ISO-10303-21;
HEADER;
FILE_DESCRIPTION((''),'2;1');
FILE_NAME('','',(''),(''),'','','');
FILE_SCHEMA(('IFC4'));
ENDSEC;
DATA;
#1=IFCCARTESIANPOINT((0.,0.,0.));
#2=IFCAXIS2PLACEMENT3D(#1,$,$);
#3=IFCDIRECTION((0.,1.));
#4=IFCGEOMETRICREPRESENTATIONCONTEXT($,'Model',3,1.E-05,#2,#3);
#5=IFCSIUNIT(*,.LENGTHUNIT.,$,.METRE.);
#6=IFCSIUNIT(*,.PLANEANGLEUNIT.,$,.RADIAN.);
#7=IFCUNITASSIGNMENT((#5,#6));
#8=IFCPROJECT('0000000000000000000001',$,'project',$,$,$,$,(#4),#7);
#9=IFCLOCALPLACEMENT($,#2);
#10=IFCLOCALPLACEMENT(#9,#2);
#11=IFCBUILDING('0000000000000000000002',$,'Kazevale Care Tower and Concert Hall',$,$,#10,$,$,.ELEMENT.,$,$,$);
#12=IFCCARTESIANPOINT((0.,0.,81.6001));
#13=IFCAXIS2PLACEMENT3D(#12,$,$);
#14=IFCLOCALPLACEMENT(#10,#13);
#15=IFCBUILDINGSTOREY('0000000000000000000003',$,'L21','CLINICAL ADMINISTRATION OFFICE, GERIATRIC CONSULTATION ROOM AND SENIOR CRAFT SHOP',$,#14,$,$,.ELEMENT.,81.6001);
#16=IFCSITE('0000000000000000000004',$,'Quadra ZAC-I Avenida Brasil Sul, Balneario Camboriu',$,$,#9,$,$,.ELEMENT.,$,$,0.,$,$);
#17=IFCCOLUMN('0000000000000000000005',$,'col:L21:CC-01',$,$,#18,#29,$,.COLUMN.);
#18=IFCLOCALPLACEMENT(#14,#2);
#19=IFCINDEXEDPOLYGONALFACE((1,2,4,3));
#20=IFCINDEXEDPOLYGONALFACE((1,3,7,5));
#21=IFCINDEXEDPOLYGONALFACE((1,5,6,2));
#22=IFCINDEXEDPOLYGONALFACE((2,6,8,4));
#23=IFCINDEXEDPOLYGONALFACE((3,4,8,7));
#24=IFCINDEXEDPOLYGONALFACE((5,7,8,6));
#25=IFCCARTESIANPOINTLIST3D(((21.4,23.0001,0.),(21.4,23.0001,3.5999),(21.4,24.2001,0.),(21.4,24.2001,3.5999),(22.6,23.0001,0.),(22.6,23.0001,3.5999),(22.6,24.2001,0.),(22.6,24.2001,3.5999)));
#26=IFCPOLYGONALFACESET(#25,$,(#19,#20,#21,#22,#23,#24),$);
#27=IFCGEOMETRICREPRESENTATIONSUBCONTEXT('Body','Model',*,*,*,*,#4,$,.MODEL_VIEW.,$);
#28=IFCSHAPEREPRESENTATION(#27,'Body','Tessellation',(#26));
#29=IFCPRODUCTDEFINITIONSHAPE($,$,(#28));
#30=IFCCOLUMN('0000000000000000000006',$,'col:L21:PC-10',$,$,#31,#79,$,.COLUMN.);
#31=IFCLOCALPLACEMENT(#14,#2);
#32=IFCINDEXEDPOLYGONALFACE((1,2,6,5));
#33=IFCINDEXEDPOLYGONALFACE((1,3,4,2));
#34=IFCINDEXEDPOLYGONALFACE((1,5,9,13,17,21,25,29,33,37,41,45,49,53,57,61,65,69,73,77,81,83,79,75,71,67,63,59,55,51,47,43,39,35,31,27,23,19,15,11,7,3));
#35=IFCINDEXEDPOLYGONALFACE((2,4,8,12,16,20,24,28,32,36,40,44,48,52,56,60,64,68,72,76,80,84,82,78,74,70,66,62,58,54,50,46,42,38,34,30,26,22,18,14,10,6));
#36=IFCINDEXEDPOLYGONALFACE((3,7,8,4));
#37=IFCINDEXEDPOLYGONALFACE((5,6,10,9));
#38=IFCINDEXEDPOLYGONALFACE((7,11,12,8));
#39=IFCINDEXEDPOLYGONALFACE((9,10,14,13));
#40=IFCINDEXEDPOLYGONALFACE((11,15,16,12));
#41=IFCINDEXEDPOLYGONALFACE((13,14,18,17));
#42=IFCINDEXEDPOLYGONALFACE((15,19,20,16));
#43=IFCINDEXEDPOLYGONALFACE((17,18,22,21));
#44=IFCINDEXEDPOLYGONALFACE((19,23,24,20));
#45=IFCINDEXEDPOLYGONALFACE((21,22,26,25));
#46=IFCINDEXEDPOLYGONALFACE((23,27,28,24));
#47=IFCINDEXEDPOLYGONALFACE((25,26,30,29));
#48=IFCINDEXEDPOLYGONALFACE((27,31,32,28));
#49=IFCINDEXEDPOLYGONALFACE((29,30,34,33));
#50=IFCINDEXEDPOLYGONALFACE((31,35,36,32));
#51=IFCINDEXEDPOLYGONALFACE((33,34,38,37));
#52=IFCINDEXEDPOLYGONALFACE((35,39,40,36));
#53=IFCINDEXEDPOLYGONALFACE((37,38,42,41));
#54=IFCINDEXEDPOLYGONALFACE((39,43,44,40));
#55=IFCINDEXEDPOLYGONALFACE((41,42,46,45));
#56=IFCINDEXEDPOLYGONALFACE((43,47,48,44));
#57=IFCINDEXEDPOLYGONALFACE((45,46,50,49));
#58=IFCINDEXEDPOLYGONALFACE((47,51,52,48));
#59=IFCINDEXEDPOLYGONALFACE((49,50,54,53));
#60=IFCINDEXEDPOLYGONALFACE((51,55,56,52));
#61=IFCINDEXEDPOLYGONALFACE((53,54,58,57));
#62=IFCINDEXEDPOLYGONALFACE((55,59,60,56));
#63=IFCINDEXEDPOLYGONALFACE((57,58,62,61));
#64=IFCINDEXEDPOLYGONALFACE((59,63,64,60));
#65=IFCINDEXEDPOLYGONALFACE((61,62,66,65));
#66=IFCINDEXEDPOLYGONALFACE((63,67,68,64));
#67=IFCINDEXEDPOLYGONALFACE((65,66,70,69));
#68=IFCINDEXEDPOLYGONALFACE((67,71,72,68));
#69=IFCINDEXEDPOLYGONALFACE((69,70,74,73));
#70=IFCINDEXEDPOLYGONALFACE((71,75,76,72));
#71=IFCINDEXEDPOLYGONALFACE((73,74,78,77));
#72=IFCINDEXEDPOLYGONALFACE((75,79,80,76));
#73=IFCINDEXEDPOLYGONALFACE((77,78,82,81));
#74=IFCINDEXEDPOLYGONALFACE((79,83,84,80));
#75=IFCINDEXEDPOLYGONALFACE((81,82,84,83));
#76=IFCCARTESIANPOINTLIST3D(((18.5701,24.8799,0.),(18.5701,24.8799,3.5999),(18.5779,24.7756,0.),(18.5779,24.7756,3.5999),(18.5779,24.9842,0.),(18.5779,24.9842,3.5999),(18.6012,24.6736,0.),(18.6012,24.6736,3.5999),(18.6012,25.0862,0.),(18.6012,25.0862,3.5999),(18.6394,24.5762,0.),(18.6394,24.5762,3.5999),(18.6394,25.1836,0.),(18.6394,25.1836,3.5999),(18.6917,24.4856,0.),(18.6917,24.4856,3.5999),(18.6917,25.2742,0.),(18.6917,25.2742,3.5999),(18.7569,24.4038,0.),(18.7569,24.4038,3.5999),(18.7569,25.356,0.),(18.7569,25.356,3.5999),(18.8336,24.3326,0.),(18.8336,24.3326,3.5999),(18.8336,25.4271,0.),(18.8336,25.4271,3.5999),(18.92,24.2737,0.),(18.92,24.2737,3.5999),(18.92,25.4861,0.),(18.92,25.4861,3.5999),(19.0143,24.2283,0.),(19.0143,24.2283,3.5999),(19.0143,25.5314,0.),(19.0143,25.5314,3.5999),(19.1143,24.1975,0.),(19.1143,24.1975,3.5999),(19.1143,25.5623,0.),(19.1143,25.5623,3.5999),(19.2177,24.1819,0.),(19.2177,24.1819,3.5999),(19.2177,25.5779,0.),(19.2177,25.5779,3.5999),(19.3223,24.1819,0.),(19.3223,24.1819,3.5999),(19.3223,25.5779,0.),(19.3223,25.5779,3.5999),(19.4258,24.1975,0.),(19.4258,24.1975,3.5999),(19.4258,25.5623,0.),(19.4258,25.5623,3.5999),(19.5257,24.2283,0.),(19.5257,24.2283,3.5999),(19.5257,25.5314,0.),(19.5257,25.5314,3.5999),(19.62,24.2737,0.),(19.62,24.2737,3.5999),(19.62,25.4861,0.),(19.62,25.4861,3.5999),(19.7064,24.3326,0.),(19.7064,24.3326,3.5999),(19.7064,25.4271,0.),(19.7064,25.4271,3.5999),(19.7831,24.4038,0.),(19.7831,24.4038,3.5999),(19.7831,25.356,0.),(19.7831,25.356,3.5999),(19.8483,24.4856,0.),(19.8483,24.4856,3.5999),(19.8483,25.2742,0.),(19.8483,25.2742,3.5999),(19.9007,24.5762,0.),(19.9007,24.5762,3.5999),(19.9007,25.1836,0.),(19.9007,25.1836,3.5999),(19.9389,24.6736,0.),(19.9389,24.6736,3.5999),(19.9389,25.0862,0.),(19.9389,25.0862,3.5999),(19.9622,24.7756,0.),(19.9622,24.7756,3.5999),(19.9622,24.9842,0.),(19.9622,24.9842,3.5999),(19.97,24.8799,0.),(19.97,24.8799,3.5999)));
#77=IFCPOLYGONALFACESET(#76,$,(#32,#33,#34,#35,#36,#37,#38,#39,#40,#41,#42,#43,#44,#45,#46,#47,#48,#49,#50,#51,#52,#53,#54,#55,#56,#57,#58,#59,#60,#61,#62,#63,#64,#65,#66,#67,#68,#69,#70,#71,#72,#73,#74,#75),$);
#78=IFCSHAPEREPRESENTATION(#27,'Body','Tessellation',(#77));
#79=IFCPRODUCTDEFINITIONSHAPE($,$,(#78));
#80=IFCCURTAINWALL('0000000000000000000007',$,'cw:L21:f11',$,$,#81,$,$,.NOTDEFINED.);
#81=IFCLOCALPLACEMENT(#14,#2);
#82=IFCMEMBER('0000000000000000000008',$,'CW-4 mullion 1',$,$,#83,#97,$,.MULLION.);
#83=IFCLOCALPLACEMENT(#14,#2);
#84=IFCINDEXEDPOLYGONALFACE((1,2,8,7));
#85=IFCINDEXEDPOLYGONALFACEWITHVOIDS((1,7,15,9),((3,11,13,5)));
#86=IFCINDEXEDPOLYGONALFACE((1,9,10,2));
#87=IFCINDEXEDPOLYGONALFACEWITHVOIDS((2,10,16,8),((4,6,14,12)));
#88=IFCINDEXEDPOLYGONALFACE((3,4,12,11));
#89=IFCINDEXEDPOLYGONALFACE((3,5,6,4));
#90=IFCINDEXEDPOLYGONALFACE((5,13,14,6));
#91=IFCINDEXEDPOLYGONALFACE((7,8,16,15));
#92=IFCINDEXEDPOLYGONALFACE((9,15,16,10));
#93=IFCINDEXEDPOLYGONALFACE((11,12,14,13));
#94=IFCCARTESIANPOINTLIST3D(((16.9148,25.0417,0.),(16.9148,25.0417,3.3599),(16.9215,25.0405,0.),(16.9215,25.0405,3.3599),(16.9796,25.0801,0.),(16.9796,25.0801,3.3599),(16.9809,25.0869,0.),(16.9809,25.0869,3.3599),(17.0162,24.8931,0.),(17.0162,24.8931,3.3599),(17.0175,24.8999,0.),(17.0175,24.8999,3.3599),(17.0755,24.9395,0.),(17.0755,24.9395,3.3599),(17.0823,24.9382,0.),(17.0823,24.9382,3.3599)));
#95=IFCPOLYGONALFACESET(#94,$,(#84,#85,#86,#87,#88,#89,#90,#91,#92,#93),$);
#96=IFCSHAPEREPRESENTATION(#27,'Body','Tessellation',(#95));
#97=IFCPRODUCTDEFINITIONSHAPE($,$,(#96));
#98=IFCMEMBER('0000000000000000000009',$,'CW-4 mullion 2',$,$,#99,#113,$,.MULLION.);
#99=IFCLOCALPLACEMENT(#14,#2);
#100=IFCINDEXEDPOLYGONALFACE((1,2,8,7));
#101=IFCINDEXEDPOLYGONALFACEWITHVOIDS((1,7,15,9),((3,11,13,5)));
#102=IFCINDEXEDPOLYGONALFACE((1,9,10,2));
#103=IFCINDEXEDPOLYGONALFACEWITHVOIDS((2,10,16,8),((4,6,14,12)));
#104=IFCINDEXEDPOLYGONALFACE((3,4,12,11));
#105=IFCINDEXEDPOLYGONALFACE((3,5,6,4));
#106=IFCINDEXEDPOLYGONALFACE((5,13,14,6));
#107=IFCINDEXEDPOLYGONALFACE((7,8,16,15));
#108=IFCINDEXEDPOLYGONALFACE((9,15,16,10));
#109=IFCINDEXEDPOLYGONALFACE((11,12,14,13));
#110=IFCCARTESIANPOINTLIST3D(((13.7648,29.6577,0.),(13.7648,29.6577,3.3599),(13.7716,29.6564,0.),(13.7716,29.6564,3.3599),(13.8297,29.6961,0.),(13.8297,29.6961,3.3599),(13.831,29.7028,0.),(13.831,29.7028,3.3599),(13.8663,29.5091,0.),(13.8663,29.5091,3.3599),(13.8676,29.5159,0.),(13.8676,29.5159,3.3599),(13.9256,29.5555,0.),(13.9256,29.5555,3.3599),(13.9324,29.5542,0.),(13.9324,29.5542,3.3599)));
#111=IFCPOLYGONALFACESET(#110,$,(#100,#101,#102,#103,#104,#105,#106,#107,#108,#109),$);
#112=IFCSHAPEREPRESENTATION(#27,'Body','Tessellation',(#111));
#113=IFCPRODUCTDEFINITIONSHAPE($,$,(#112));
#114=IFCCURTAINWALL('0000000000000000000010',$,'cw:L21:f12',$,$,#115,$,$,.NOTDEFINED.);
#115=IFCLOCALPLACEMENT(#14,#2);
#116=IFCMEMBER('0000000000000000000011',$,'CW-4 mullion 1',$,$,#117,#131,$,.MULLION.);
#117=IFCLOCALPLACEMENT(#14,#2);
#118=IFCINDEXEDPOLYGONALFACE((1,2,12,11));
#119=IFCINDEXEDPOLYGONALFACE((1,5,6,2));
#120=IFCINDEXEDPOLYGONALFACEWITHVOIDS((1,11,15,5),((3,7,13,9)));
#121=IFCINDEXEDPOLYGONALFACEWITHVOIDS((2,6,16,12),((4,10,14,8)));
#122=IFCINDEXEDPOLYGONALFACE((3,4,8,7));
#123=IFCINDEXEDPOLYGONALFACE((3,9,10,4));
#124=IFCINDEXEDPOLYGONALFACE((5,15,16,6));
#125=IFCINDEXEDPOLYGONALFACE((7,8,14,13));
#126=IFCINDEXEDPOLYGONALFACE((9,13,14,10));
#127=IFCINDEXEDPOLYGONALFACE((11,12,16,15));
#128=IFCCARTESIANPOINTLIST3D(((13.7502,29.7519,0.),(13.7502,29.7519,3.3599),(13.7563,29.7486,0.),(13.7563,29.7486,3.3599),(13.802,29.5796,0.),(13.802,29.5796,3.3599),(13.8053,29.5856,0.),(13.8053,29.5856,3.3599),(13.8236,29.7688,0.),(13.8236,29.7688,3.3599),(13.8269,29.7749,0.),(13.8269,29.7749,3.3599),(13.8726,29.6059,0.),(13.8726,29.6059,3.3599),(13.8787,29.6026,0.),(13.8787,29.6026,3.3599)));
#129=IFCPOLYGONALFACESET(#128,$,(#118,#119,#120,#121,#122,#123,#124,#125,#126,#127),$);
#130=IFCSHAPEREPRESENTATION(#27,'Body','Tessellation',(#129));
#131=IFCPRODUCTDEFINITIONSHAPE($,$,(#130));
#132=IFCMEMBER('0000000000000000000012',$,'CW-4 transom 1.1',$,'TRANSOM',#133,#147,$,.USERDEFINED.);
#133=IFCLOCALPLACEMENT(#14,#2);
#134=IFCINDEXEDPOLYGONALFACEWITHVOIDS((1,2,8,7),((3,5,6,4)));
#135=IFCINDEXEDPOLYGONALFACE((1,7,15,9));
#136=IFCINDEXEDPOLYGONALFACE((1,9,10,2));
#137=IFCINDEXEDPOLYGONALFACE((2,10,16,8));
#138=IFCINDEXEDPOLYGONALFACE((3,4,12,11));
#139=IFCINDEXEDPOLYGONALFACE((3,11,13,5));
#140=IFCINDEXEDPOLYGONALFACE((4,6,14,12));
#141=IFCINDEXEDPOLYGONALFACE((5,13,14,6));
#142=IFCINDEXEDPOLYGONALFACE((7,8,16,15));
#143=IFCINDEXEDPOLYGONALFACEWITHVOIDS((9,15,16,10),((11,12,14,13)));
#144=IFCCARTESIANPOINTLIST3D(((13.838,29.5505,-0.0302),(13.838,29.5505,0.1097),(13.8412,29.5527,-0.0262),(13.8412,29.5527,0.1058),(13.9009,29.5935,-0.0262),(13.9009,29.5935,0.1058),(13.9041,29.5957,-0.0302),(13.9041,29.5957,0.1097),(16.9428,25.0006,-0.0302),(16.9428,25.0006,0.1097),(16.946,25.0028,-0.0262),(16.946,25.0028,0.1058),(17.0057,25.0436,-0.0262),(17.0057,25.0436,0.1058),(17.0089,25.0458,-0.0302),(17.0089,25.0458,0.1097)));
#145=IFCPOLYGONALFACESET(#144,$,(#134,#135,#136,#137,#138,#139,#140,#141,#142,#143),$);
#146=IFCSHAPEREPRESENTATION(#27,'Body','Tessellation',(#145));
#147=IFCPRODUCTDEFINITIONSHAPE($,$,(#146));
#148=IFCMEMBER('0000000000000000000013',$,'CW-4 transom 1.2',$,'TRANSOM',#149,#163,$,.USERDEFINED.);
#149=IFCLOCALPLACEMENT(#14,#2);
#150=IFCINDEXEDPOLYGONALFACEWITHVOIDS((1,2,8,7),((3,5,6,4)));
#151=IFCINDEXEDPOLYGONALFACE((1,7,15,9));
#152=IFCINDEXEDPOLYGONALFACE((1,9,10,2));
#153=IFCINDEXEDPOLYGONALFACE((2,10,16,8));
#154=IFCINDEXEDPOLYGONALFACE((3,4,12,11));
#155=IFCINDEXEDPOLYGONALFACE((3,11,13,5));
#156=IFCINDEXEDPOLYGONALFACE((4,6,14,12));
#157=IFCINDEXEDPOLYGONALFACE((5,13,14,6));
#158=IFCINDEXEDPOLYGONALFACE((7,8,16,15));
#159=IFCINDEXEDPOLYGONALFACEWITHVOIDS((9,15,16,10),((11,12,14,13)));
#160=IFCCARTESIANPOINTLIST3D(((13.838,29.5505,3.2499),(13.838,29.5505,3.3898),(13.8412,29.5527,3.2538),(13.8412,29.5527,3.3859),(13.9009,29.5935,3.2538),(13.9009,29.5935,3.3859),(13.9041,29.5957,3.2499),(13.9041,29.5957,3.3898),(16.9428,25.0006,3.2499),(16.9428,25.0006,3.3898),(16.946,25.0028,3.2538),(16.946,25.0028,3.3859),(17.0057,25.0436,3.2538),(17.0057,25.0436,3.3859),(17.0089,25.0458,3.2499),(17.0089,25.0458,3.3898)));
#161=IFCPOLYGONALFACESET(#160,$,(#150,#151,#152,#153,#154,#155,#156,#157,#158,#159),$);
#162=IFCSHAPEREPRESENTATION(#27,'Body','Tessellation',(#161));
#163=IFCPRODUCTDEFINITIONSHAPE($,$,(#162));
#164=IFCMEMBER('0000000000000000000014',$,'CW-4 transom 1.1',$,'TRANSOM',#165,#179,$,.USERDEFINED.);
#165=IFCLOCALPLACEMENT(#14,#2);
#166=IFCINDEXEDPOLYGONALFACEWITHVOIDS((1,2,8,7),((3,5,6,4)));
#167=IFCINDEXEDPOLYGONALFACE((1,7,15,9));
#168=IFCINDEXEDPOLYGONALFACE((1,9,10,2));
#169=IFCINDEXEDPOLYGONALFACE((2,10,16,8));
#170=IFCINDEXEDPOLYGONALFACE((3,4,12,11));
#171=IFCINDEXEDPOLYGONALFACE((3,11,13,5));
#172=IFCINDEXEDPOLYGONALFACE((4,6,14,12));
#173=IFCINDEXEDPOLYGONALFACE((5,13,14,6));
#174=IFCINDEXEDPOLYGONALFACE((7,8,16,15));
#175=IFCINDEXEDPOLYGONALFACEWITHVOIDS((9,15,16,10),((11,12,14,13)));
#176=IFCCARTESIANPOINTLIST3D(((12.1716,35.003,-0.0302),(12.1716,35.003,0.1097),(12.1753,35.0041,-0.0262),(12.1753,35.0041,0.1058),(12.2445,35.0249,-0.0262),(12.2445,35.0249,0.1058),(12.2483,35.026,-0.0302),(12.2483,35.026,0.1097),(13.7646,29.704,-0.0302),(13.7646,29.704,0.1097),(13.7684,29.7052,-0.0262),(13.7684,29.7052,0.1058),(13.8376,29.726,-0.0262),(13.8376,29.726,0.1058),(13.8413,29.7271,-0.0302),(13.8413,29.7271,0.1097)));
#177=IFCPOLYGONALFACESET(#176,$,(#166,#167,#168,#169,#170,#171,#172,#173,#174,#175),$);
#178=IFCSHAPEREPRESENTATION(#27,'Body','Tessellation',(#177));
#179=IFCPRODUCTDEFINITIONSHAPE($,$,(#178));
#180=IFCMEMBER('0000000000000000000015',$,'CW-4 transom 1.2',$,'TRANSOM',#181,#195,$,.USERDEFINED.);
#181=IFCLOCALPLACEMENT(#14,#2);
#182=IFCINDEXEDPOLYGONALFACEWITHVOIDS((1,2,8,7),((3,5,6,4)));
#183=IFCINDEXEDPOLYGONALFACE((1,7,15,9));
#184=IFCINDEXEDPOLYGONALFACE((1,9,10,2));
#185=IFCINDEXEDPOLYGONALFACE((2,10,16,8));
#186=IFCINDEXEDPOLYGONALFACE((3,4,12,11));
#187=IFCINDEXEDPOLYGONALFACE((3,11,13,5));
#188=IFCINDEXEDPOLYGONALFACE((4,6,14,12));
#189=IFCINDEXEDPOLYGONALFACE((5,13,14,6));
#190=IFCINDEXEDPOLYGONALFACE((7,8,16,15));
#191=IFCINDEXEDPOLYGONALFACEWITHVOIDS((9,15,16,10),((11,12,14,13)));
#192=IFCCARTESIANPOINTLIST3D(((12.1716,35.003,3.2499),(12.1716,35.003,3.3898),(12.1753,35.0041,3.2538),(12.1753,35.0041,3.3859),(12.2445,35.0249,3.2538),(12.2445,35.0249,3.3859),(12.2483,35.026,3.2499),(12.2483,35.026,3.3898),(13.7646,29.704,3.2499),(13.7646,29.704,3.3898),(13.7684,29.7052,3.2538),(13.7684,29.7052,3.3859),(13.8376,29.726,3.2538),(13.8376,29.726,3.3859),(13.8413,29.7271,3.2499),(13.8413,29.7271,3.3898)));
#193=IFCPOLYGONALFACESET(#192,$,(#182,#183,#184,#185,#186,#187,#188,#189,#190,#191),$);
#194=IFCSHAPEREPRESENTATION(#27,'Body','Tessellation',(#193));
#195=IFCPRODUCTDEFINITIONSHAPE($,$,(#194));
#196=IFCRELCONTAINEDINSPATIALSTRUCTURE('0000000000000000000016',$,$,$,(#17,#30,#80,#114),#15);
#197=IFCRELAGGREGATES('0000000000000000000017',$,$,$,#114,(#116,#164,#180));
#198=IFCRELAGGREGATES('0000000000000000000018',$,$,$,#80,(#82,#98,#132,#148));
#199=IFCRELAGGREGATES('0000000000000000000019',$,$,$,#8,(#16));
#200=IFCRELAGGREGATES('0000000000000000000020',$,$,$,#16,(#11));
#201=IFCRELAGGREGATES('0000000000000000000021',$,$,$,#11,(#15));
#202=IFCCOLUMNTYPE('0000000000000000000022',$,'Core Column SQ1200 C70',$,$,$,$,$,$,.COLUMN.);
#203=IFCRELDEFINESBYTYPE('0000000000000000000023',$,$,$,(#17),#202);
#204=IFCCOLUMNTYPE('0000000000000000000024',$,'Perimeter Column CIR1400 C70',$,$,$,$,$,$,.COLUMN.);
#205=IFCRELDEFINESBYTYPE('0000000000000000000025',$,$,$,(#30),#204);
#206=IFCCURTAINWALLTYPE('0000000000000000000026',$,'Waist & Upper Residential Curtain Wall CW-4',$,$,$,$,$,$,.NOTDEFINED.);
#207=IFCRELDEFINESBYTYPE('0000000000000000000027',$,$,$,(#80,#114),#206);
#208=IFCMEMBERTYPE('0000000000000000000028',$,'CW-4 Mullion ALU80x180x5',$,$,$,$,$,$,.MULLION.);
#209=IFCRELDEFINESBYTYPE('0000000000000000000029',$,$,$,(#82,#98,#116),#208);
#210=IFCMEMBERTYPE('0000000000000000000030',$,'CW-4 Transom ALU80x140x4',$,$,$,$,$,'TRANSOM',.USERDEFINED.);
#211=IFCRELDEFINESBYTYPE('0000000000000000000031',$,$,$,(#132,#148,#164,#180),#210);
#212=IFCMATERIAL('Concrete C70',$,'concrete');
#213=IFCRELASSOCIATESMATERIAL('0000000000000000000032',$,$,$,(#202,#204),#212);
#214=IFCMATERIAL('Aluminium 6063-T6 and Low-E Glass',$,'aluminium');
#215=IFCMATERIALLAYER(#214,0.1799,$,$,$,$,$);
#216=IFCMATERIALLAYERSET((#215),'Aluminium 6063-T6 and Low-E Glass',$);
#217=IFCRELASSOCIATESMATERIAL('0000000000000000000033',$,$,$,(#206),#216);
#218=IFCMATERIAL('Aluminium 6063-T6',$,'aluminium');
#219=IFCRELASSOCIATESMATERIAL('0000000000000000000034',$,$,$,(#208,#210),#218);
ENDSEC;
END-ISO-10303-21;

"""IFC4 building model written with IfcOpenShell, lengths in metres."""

from ifc_helpers import new_model, si_unit, direction, frame, origin, origin_2d, place, context, subcontext, project, spatial, rectangle, hollow_rectangle, circle, extrude, material, layer, layer_set, material_profile, profile_set, type_object, element, aggregate, save


model = new_model("IFC4")

# Units and contexts
model_context = context("Model", 3, precision=1e-05, world=origin(), true_north=direction((0.0, 1.0)))
body_context = subcontext(model_context, "Body", "Model", "MODEL_VIEW")
ifc_project = project(units=[si_unit("LENGTHUNIT", "METRE"), si_unit("PLANEANGLEUNIT", "RADIAN")], contexts=[model_context])

# Site, building, storey
site_placement = place(None, origin())
site = spatial("IfcSite", under=ifc_project, at=site_placement, Name="Quadra ZAC-I Avenida Brasil Sul, Balneario Camboriu", CompositionType="ELEMENT", RefElevation=0.0)
building_placement = place(site_placement, origin())
building = spatial("IfcBuilding", under=site, at=building_placement, Name="Kazevale Care Tower and Concert Hall", CompositionType="ELEMENT")
storey_placement = place(building_placement, frame((0.0, 0.0, 81.6001)))
storey = spatial("IfcBuildingStorey", under=building, at=storey_placement, Name="L21", Description="CLINICAL ADMINISTRATION OFFICE, GERIATRIC CONSULTATION ROOM AND SENIOR CRAFT SHOP", CompositionType="ELEMENT", Elevation=81.6001)

# Columns
ifc_material_1 = material(Name="Concrete C70", Category="concrete")
ifc_material_profile_1 = material_profile(ifc_material_1, rectangle(XDim=1.2, YDim=1.2, at=origin_2d()), Name="RC-SQ1200")
ifc_profile_set_1 = profile_set([ifc_material_profile_1], Name="Concrete C70")
column_type_1 = type_object("IfcColumnType", Name="Core Column SQ1200 C70", PredefinedType="COLUMN", material=ifc_profile_set_1)
column_1_placement = place(storey_placement, frame((22.0, 23.6001, 0.0), z_axis=(0.0, 0.0, 1.0), x_axis=(1.0, 0.0, 0.0)))
element("IfcColumn", 1, at=column_1_placement, inside=storey, type_object=column_type_1, Name="col:L21:CC-01", PredefinedType="COLUMN", context=body_context, shape_type="SweptSolid", body=[
    extrude(rectangle(XDim=1.2, YDim=1.2, at=origin_2d()), origin(), (0.0, 0.0, 1.0), 3.5999),
])
ifc_material_profile_2 = material_profile(ifc_material_1, circle(Radius=0.7, at=origin_2d()), Name="RC-CIR1400")
ifc_profile_set_2 = profile_set([ifc_material_profile_2], Name="Concrete C70")
column_type_2 = type_object("IfcColumnType", Name="Perimeter Column CIR1400 C70", PredefinedType="COLUMN", material=ifc_profile_set_2)
column_2_placement = place(storey_placement, frame((19.27, 24.8799, 0.0), z_axis=(0.0, 0.0, 1.0), x_axis=(1.0, 0.0, 0.0)))
element("IfcColumn", 2, at=column_2_placement, inside=storey, type_object=column_type_2, Name="col:L21:PC-10", PredefinedType="COLUMN", context=body_context, shape_type="SweptSolid", body=[
    extrude(circle(Radius=0.7, at=origin_2d()), origin(), (0.0, 0.0, 1.0), 3.5999),
])

# Curtain wall, members
ifc_material_2 = material(Name="Aluminium 6063-T6 and Low-E Glass", Category="aluminium")
ifc_layer_1 = layer(ifc_material_2, 0.1799)
ifc_layer_set_1 = layer_set([ifc_layer_1], Name="Aluminium 6063-T6 and Low-E Glass")
curtain_wall_type_1 = type_object("IfcCurtainWallType", Name="Waist & Upper Residential Curtain Wall CW-4", PredefinedType="NOTDEFINED", material=ifc_layer_set_1)
curtain_wall_1_placement = place(storey_placement, origin())
curtain_wall_1 = element("IfcCurtainWall", 3, at=curtain_wall_1_placement, inside=storey, type_object=curtain_wall_type_1, Name="cw:L21:f11", PredefinedType="NOTDEFINED")
ifc_material_3 = material(Name="Aluminium 6063-T6", Category="aluminium")
ifc_material_profile_3 = material_profile(ifc_material_3, hollow_rectangle(XDim=0.0801, YDim=0.1799, WallThickness=0.0049, at=origin_2d()), Name="ALU80x180x5")
ifc_profile_set_3 = profile_set([ifc_material_profile_3], Name="Aluminium 6063-T6")
member_type_1 = type_object("IfcMemberType", Name="CW-4 Mullion ALU80x180x5", PredefinedType="MULLION", material=ifc_profile_set_3)
member_1_placement = place(storey_placement, frame((16.9985, 24.99, 0.0), z_axis=(0.0, 0.0, 1.0), x_axis=(-0.826003, -0.563665, 0.0)))
member_1 = element("IfcMember", 4, at=member_1_placement, type_object=member_type_1, Name="CW-4 mullion 1", PredefinedType="MULLION", context=body_context, shape_type="SweptSolid", body=[
    extrude(hollow_rectangle(XDim=0.0801, YDim=0.1799, WallThickness=0.0049, at=origin_2d()), origin(), (0.0, 0.0, 1.0), 3.3599),
])
member_2_placement = place(storey_placement, frame((13.8486, 29.606, 0.0), z_axis=(0.0, 0.0, 1.0), x_axis=(-0.826003, -0.563665, 0.0)))
member_2 = element("IfcMember", 5, at=member_2_placement, type_object=member_type_1, Name="CW-4 mullion 2", PredefinedType="MULLION", context=body_context, shape_type="SweptSolid", body=[
    extrude(hollow_rectangle(XDim=0.0801, YDim=0.1799, WallThickness=0.0049, at=origin_2d()), origin(), (0.0, 0.0, 1.0), 3.3599),
])

# Curtain wall, member
curtain_wall_2_placement = place(storey_placement, origin())
curtain_wall_2 = element("IfcCurtainWall", 6, at=curtain_wall_2_placement, inside=storey, type_object=curtain_wall_type_1, Name="cw:L21:f12", PredefinedType="NOTDEFINED")
member_3_placement = place(storey_placement, frame((13.8145, 29.6772, 0.0), z_axis=(0.0, 0.0, 1.0), x_axis=(-0.957662, -0.287896, 0.0)))
member_3 = element("IfcMember", 7, at=member_3_placement, type_object=member_type_1, Name="CW-4 mullion 1", PredefinedType="MULLION", context=body_context, shape_type="SweptSolid", body=[
    extrude(hollow_rectangle(XDim=0.0801, YDim=0.1799, WallThickness=0.0049, at=origin_2d()), origin(), (0.0, 0.0, 1.0), 3.3599),
])

# Members
ifc_material_profile_4 = material_profile(ifc_material_3, hollow_rectangle(XDim=0.0801, YDim=0.1399, WallThickness=0.0039, at=origin_2d()), Name="ALU80x140x4")
ifc_profile_set_4 = profile_set([ifc_material_profile_4], Name="Aluminium 6063-T6")
member_type_2 = type_object("IfcMemberType", Name="CW-4 Transom ALU80x140x4", ElementType="TRANSOM", PredefinedType="USERDEFINED", material=ifc_profile_set_4)
member_4_placement = place(storey_placement, frame((16.9758, 25.0232, 0.0398), z_axis=(-0.563659, 0.826008, 0.0), x_axis=(-0.826008, -0.563659, 0.0)))
member_4 = element("IfcMember", 8, at=member_4_placement, type_object=member_type_2, Name="CW-4 transom 1.1", ObjectType="TRANSOM", PredefinedType="USERDEFINED", context=body_context, shape_type="SweptSolid", body=[
    extrude(hollow_rectangle(XDim=0.0801, YDim=0.1399, WallThickness=0.0039, at=origin_2d()), origin(), (0.0, 0.0, 1.0), 5.5083),
])
member_5_placement = place(storey_placement, frame((16.9758, 25.0232, 3.3198), z_axis=(-0.563659, 0.826008, 0.0), x_axis=(-0.826008, -0.563659, 0.0)))
member_5 = element("IfcMember", 9, at=member_5_placement, type_object=member_type_2, Name="CW-4 transom 1.2", ObjectType="TRANSOM", PredefinedType="USERDEFINED", context=body_context, shape_type="SweptSolid", body=[
    extrude(hollow_rectangle(XDim=0.0801, YDim=0.1399, WallThickness=0.0039, at=origin_2d()), origin(), (0.0, 0.0, 1.0), 5.5083),
])
member_6_placement = place(storey_placement, frame((13.803, 29.7156, 0.0398), z_axis=(-0.287906, 0.957659, 0.0), x_axis=(-0.957659, -0.287906, 0.0)))
member_6 = element("IfcMember", 10, at=member_6_placement, type_object=member_type_2, Name="CW-4 transom 1.1", ObjectType="TRANSOM", PredefinedType="USERDEFINED", context=body_context, shape_type="SweptSolid", body=[
    extrude(hollow_rectangle(XDim=0.0801, YDim=0.1399, WallThickness=0.0039, at=origin_2d()), origin(), (0.0, 0.0, 1.0), 5.5332),
])
member_7_placement = place(storey_placement, frame((13.803, 29.7156, 3.3198), z_axis=(-0.287906, 0.957659, 0.0), x_axis=(-0.957659, -0.287906, 0.0)))
member_7 = element("IfcMember", 11, at=member_7_placement, type_object=member_type_2, Name="CW-4 transom 1.2", ObjectType="TRANSOM", PredefinedType="USERDEFINED", context=body_context, shape_type="SweptSolid", body=[
    extrude(hollow_rectangle(XDim=0.0801, YDim=0.1399, WallThickness=0.0039, at=origin_2d()), origin(), (0.0, 0.0, 1.0), 5.5332),
])
aggregate(curtain_wall_2, [member_3, member_6, member_7])

aggregate(curtain_wall_1, [member_1, member_2, member_4, member_5])

save(model, "model.ifc")
